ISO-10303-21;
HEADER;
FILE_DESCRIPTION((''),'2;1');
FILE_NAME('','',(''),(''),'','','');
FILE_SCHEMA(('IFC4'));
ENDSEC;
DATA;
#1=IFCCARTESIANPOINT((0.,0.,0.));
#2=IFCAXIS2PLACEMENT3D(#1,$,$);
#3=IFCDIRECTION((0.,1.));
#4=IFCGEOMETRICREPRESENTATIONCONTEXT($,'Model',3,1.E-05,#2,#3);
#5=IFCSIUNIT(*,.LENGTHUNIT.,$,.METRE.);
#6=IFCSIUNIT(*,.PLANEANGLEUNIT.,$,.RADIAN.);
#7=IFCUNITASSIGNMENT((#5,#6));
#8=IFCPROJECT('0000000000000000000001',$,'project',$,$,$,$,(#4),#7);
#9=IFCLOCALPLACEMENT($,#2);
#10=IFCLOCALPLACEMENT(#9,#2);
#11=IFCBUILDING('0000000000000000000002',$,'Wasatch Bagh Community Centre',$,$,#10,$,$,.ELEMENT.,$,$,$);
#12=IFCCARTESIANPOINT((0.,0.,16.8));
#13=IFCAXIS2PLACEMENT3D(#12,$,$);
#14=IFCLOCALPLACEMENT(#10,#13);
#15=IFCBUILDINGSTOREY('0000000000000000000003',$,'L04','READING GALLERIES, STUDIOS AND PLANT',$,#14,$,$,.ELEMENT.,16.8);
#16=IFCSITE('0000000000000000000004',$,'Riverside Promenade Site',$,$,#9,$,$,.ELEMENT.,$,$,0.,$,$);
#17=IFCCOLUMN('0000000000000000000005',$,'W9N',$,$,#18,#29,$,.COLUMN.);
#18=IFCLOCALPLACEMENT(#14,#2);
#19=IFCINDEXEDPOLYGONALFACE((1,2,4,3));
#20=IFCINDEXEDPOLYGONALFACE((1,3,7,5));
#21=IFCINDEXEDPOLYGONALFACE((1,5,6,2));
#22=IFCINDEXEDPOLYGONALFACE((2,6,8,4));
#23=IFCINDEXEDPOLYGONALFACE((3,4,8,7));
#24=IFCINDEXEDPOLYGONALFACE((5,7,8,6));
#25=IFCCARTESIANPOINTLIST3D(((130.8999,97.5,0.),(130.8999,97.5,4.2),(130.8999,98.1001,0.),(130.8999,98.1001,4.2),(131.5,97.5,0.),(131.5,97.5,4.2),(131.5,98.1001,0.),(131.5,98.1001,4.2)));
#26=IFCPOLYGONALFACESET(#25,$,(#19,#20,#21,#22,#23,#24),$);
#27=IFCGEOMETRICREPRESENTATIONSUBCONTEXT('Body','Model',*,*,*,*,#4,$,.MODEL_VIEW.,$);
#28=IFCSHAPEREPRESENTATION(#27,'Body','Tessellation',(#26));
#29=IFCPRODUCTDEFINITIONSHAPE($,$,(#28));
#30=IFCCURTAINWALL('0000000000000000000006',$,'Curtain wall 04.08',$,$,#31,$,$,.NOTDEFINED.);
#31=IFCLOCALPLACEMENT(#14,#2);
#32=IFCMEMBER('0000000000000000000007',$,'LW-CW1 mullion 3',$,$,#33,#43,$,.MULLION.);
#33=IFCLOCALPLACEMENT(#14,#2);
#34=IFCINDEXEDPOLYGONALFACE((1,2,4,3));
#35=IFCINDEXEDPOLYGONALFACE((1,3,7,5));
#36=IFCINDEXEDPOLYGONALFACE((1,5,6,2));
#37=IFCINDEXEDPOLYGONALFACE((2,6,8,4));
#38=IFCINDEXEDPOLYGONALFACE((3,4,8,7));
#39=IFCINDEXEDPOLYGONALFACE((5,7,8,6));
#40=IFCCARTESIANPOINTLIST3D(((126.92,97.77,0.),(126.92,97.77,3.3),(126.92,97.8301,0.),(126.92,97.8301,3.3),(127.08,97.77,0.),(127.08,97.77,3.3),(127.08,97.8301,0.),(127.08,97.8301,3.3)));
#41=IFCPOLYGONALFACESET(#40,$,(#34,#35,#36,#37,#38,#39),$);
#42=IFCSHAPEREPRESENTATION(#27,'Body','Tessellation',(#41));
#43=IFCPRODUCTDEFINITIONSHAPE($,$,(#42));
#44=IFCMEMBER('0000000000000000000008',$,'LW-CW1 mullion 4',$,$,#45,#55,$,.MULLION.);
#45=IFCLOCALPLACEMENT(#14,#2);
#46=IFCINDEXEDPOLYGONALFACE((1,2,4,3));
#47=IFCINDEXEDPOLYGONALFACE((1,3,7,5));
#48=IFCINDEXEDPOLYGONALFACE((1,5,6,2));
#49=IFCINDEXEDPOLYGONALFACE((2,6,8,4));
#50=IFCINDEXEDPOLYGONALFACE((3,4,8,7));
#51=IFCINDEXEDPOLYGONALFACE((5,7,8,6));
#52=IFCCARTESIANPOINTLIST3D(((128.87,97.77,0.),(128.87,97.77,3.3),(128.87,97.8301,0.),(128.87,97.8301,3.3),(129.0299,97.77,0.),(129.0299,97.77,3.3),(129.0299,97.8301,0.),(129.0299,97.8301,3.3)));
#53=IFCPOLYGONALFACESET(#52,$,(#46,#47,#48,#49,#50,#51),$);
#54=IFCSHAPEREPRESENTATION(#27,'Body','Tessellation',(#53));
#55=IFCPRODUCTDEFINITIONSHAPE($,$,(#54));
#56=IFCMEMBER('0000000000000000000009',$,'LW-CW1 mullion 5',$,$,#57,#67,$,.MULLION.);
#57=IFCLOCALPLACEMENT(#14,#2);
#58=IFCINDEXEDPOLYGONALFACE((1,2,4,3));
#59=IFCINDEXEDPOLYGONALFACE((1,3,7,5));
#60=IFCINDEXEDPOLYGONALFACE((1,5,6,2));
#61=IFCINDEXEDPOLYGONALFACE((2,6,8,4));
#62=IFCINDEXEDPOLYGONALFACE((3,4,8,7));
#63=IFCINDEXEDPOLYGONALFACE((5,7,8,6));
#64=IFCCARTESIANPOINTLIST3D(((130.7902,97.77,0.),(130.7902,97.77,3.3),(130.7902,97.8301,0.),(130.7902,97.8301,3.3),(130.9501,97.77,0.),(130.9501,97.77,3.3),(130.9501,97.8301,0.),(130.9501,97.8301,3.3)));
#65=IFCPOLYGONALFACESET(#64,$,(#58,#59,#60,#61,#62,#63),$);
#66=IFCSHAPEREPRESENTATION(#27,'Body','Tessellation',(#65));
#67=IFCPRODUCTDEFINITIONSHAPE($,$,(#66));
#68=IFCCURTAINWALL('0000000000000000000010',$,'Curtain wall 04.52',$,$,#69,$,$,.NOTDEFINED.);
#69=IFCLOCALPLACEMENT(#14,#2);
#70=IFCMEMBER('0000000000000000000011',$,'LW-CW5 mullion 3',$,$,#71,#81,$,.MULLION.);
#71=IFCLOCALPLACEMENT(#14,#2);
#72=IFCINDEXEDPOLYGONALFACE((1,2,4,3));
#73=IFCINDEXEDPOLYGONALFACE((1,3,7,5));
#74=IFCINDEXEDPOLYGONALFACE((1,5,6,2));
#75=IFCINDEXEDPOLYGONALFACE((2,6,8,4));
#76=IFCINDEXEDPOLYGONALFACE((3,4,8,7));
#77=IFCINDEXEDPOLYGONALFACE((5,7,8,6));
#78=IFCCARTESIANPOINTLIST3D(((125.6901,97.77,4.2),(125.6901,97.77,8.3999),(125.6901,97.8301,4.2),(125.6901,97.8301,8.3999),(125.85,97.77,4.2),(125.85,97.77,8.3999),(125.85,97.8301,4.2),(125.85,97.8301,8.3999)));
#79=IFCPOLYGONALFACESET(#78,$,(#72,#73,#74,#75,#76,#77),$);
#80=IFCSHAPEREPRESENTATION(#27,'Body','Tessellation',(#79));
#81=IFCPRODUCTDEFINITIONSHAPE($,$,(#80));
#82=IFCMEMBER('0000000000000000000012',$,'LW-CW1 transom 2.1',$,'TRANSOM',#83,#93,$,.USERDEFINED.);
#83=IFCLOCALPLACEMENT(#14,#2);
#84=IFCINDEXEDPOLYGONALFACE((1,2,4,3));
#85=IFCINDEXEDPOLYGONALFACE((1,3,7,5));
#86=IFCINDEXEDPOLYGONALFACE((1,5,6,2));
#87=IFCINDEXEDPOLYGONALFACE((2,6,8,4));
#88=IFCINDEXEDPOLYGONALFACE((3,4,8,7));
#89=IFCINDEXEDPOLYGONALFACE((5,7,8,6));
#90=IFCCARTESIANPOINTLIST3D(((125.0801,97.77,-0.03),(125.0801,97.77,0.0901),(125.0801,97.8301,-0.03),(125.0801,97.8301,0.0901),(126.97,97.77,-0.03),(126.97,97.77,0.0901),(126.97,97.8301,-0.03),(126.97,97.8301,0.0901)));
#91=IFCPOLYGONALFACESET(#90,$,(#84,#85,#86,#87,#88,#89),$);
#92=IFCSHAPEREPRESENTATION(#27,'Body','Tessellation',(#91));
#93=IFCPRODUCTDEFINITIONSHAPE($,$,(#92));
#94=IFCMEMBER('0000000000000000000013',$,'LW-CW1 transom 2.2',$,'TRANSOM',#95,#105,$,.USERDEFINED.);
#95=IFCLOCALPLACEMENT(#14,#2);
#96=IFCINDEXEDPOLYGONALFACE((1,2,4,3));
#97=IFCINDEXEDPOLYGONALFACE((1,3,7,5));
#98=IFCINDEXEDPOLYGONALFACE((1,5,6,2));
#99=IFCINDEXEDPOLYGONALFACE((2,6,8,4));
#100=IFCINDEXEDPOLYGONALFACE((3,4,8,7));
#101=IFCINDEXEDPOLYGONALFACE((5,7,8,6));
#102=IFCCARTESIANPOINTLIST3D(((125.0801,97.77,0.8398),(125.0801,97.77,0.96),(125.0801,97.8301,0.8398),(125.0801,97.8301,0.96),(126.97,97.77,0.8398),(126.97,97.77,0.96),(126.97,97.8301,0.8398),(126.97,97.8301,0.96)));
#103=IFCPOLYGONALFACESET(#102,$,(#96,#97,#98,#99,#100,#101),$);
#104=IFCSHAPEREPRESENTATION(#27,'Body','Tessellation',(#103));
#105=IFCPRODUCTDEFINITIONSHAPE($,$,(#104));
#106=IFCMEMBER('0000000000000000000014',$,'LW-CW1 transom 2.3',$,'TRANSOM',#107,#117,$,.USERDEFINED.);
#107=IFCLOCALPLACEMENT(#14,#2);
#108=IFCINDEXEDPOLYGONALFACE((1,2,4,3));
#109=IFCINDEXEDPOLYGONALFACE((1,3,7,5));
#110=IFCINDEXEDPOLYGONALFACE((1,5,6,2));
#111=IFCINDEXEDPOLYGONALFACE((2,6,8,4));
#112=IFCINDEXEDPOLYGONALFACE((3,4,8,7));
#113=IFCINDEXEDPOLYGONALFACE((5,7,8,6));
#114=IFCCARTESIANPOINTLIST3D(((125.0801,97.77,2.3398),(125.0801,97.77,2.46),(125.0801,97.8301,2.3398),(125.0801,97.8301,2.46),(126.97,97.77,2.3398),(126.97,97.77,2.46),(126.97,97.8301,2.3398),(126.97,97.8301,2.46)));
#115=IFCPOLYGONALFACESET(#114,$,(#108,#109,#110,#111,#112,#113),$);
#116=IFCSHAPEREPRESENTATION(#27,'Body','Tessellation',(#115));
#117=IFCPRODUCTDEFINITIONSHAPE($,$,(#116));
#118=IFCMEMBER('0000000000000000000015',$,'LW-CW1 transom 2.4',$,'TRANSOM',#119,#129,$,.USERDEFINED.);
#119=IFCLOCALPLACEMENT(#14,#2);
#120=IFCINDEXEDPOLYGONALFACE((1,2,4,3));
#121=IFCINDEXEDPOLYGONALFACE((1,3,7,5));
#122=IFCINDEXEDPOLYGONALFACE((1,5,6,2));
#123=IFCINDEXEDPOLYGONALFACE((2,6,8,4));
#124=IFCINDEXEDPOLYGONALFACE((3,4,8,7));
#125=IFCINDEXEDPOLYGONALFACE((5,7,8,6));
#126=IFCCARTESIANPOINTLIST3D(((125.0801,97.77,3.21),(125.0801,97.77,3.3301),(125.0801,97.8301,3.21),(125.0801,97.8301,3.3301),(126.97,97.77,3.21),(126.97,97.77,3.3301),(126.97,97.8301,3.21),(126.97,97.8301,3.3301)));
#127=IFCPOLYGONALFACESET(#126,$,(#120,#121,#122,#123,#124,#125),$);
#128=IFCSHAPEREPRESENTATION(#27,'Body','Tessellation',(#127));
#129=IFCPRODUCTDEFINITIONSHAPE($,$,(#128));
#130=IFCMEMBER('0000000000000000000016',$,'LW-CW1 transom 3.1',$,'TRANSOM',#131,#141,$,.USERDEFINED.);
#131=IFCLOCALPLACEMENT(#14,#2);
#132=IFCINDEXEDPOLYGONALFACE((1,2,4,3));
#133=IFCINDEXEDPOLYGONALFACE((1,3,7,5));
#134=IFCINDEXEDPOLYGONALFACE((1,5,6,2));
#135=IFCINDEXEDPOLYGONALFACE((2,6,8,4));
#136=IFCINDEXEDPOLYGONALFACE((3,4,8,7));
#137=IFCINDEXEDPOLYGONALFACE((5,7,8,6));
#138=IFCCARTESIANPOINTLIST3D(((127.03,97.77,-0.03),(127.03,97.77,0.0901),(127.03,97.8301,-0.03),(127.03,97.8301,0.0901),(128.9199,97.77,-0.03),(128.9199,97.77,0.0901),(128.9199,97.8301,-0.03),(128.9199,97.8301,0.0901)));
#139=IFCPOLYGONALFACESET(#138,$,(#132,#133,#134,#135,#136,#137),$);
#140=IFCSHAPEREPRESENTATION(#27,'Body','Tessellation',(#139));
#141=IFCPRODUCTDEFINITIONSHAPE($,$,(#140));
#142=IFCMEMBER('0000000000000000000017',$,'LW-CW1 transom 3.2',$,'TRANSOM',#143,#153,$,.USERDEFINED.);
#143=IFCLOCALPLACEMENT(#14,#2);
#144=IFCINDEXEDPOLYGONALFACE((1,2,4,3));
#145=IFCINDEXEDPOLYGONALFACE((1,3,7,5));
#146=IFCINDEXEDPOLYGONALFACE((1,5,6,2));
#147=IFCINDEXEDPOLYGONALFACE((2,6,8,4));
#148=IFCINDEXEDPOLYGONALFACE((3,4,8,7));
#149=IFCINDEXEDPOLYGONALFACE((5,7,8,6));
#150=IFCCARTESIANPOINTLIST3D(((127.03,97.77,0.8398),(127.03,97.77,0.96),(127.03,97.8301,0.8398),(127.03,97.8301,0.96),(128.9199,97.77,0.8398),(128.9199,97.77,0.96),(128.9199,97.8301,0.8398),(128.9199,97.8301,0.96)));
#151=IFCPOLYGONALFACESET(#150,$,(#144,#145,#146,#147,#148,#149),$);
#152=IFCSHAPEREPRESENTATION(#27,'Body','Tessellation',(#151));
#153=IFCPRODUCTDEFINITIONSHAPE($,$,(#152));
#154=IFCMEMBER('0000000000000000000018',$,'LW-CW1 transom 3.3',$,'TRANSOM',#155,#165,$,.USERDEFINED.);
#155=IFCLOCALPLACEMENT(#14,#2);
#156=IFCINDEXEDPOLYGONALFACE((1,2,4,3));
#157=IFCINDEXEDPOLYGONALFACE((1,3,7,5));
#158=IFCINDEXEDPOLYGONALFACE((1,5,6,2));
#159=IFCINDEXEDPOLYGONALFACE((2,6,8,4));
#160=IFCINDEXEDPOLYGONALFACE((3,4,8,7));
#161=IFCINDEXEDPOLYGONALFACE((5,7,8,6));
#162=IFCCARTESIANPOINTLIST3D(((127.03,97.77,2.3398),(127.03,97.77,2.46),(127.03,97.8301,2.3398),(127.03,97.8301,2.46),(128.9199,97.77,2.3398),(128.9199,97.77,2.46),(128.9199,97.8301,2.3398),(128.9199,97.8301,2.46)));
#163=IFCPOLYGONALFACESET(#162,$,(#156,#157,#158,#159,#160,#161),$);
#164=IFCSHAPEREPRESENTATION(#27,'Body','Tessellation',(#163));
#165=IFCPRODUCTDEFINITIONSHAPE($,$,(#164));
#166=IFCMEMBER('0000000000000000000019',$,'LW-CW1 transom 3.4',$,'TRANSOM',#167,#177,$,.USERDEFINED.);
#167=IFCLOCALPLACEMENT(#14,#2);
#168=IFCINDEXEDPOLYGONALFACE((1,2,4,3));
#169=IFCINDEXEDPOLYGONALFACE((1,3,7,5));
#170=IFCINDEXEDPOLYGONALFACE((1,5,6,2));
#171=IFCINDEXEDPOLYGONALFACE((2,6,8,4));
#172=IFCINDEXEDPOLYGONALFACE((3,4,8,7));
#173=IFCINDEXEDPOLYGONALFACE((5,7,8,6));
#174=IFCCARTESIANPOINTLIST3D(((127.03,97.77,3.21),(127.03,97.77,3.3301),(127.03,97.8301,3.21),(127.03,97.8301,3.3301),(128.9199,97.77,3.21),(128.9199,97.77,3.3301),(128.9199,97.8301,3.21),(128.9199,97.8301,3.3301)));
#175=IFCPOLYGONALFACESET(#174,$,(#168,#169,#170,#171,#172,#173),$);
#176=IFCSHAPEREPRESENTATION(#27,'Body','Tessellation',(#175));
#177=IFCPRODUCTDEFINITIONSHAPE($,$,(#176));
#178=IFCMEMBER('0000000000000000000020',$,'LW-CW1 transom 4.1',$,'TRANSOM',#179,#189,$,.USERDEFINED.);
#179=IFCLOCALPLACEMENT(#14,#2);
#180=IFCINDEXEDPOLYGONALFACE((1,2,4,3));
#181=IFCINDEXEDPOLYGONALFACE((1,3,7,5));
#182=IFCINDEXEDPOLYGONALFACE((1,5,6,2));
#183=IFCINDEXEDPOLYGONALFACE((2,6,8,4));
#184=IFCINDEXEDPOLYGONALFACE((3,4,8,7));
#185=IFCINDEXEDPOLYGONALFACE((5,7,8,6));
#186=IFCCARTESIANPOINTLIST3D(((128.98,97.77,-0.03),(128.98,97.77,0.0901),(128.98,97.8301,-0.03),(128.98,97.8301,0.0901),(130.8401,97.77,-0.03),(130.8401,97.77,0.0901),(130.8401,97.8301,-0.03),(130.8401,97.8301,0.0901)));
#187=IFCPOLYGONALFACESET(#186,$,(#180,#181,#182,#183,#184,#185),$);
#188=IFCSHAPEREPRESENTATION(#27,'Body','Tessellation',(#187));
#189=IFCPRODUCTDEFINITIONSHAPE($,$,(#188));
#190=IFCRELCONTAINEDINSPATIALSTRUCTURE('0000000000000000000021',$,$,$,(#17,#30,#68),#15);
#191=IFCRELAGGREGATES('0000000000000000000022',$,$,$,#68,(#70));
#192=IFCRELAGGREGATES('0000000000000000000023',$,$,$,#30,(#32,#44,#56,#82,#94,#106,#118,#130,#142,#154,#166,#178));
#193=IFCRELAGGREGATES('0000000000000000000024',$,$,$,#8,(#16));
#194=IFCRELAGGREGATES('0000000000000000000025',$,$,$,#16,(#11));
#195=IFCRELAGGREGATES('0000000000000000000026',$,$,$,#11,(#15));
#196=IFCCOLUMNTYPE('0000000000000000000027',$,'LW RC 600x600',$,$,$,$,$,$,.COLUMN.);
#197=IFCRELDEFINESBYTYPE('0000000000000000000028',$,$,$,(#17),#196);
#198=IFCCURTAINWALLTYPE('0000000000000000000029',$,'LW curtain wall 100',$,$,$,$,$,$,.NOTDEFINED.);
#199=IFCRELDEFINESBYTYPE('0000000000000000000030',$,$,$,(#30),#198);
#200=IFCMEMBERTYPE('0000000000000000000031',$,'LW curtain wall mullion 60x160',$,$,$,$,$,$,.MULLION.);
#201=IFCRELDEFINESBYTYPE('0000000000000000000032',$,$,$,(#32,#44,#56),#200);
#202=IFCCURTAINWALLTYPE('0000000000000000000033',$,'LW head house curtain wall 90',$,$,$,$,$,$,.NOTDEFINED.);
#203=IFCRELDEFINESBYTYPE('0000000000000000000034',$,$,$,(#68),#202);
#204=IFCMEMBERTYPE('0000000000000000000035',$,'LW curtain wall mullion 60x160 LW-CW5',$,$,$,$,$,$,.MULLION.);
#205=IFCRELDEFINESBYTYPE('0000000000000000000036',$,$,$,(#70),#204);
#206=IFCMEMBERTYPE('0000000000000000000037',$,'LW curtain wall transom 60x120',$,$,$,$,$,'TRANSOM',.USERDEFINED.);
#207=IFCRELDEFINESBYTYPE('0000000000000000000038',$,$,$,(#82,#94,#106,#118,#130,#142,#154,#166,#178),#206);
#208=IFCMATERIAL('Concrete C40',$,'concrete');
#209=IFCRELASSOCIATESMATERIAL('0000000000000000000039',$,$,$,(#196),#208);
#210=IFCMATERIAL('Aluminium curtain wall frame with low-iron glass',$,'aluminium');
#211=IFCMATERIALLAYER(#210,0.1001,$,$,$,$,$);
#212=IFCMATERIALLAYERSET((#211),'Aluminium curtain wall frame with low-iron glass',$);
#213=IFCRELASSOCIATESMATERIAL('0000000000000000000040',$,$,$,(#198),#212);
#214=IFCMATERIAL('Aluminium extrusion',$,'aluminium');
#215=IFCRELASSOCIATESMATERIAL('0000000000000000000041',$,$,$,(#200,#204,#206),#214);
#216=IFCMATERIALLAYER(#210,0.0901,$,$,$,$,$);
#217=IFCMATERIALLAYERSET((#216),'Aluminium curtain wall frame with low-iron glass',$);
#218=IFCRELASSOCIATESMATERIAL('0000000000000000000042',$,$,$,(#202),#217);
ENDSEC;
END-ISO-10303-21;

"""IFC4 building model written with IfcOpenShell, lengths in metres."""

from ifc_helpers import new_model, si_unit, direction, frame, origin, origin_2d, place, context, subcontext, project, spatial, rectangle, extrude, material, layer, layer_set, material_profile, profile_set, type_object, element, aggregate, save


model = new_model("IFC4")

# Units and contexts
model_context = context("Model", 3, precision=1e-05, world=origin(), true_north=direction((0.0, 1.0)))
body_context = subcontext(model_context, "Body", "Model", "MODEL_VIEW")
ifc_project = project(units=[si_unit("LENGTHUNIT", "METRE"), si_unit("PLANEANGLEUNIT", "RADIAN")], contexts=[model_context])

# Site, building, storey
site_placement = place(None, origin())
site = spatial("IfcSite", under=ifc_project, at=site_placement, Name="Riverside Promenade Site", CompositionType="ELEMENT", RefElevation=0.0)
building_placement = place(site_placement, origin())
building = spatial("IfcBuilding", under=site, at=building_placement, Name="Wasatch Bagh Community Centre", CompositionType="ELEMENT")
storey_placement = place(building_placement, frame((0.0, 0.0, 16.8)))
storey = spatial("IfcBuildingStorey", under=building, at=storey_placement, Name="L04", Description="READING GALLERIES, STUDIOS AND PLANT", CompositionType="ELEMENT", Elevation=16.8)

# Column
ifc_material_1 = material(Name="Concrete C40", Category="concrete")
ifc_material_profile_1 = material_profile(ifc_material_1, rectangle(XDim=0.6001, YDim=0.6001, at=origin_2d()), Name="RC 600x600")
ifc_profile_set_1 = profile_set([ifc_material_profile_1], Name="Concrete C40")
column_type = type_object("IfcColumnType", Name="LW RC 600x600", PredefinedType="COLUMN", material=ifc_profile_set_1)
column_placement = place(storey_placement, frame((131.2, 97.8, 0.0), z_axis=(0.0, 0.0, 1.0), x_axis=(1.0, 0.0, 0.0)))
element("IfcColumn", 1, at=column_placement, inside=storey, type_object=column_type, Name="W9N", PredefinedType="COLUMN", context=body_context, shape_type="SweptSolid", body=[
    extrude(rectangle(XDim=0.6001, YDim=0.6001, at=origin_2d()), origin(), (0.0, 0.0, 1.0), 4.2),
])

# Curtain wall, members
ifc_material_2 = material(Name="Aluminium curtain wall frame with low-iron glass", Category="aluminium")
ifc_layer_1 = layer(ifc_material_2, 0.1001)
ifc_layer_set_1 = layer_set([ifc_layer_1], Name="Aluminium curtain wall frame with low-iron glass")
curtain_wall_type_1 = type_object("IfcCurtainWallType", Name="LW curtain wall 100", PredefinedType="NOTDEFINED", material=ifc_layer_set_1)
curtain_wall_1_placement = place(storey_placement, origin())
curtain_wall_1 = element("IfcCurtainWall", 2, at=curtain_wall_1_placement, inside=storey, type_object=curtain_wall_type_1, Name="Curtain wall 04.08", PredefinedType="NOTDEFINED")
ifc_material_3 = material(Name="Aluminium extrusion", Category="aluminium")
ifc_material_profile_2 = material_profile(ifc_material_3, rectangle(XDim=0.0601, YDim=0.1599, at=origin_2d()), Name="AL 60x160")
ifc_profile_set_2 = profile_set([ifc_material_profile_2], Name="Aluminium extrusion")
member_type_1 = type_object("IfcMemberType", Name="LW curtain wall mullion 60x160", PredefinedType="MULLION", material=ifc_profile_set_2)
member_1_placement = place(storey_placement, frame((127.0, 97.8, 0.0), z_axis=(0.0, 0.0, 1.0), x_axis=(0.0, 1.0, 0.0)))
member_1 = element("IfcMember", 3, at=member_1_placement, type_object=member_type_1, Name="LW-CW1 mullion 3", PredefinedType="MULLION", context=body_context, shape_type="SweptSolid", body=[
    extrude(rectangle(XDim=0.0601, YDim=0.1599, at=origin_2d()), origin(), (0.0, 0.0, 1.0), 3.3),
])
member_2_placement = place(storey_placement, frame((128.95, 97.8, 0.0), z_axis=(0.0, 0.0, 1.0), x_axis=(0.0, 1.0, 0.0)))
member_2 = element("IfcMember", 4, at=member_2_placement, type_object=member_type_1, Name="LW-CW1 mullion 4", PredefinedType="MULLION", context=body_context, shape_type="SweptSolid", body=[
    extrude(rectangle(XDim=0.0601, YDim=0.1599, at=origin_2d()), origin(), (0.0, 0.0, 1.0), 3.3),
])
member_3_placement = place(storey_placement, frame((130.8701, 97.8, 0.0), z_axis=(0.0, 0.0, 1.0), x_axis=(0.0, 1.0, 0.0)))
member_3 = element("IfcMember", 5, at=member_3_placement, type_object=member_type_1, Name="LW-CW1 mullion 5", PredefinedType="MULLION", context=body_context, shape_type="SweptSolid", body=[
    extrude(rectangle(XDim=0.0601, YDim=0.1599, at=origin_2d()), origin(), (0.0, 0.0, 1.0), 3.3),
])

# Curtain wall, member
ifc_layer_2 = layer(ifc_material_2, 0.0901)
ifc_layer_set_2 = layer_set([ifc_layer_2], Name="Aluminium curtain wall frame with low-iron glass")
curtain_wall_type_2 = type_object("IfcCurtainWallType", Name="LW head house curtain wall 90", PredefinedType="NOTDEFINED", material=ifc_layer_set_2)
curtain_wall_2_placement = place(storey_placement, origin())
curtain_wall_2 = element("IfcCurtainWall", 6, at=curtain_wall_2_placement, inside=storey, type_object=curtain_wall_type_2, Name="Curtain wall 04.52", PredefinedType="NOTDEFINED")
ifc_material_profile_3 = material_profile(ifc_material_3, rectangle(XDim=0.0601, YDim=0.1599, at=origin_2d()), Name="AL 60x160")
ifc_profile_set_3 = profile_set([ifc_material_profile_3], Name="Aluminium extrusion")
member_type_2 = type_object("IfcMemberType", Name="LW curtain wall mullion 60x160 LW-CW5", PredefinedType="MULLION", material=ifc_profile_set_3)
member_4_placement = place(storey_placement, frame((125.77, 97.8, 4.2), z_axis=(0.0, 0.0, 1.0), x_axis=(0.0, 1.0, 0.0)))
member_4 = element("IfcMember", 7, at=member_4_placement, type_object=member_type_2, Name="LW-CW5 mullion 3", PredefinedType="MULLION", context=body_context, shape_type="SweptSolid", body=[
    extrude(rectangle(XDim=0.0601, YDim=0.1599, at=origin_2d()), origin(), (0.0, 0.0, 1.0), 4.2),
])
aggregate(curtain_wall_2, [member_4])

# Members
ifc_material_profile_4 = material_profile(ifc_material_3, rectangle(XDim=0.0601, YDim=0.1201, at=origin_2d()), Name="AL 60x120")
ifc_profile_set_4 = profile_set([ifc_material_profile_4], Name="Aluminium extrusion")
member_type_3 = type_object("IfcMemberType", Name="LW curtain wall transom 60x120", ElementType="TRANSOM", PredefinedType="USERDEFINED", material=ifc_profile_set_4)
member_5_placement = place(storey_placement, frame((125.0801, 97.8, 0.03), z_axis=(1.0, 0.0, 0.0), x_axis=(0.0, 1.0, 0.0)))
member_5 = element("IfcMember", 8, at=member_5_placement, type_object=member_type_3, Name="LW-CW1 transom 2.1", ObjectType="TRANSOM", PredefinedType="USERDEFINED", context=body_context, shape_type="SweptSolid", body=[
    extrude(rectangle(XDim=0.0601, YDim=0.1201, at=origin_2d()), origin(), (0.0, 0.0, 1.0), 1.8899),
])
member_6_placement = place(storey_placement, frame((125.0801, 97.8, 0.8999), z_axis=(1.0, 0.0, 0.0), x_axis=(0.0, 1.0, 0.0)))
member_6 = element("IfcMember", 9, at=member_6_placement, type_object=member_type_3, Name="LW-CW1 transom 2.2", ObjectType="TRANSOM", PredefinedType="USERDEFINED", context=body_context, shape_type="SweptSolid", body=[
    extrude(rectangle(XDim=0.0601, YDim=0.1201, at=origin_2d()), origin(), (0.0, 0.0, 1.0), 1.8899),
])
member_7_placement = place(storey_placement, frame((125.0801, 97.8, 2.3999), z_axis=(1.0, 0.0, 0.0), x_axis=(0.0, 1.0, 0.0)))
member_7 = element("IfcMember", 10, at=member_7_placement, type_object=member_type_3, Name="LW-CW1 transom 2.3", ObjectType="TRANSOM", PredefinedType="USERDEFINED", context=body_context, shape_type="SweptSolid", body=[
    extrude(rectangle(XDim=0.0601, YDim=0.1201, at=origin_2d()), origin(), (0.0, 0.0, 1.0), 1.8899),
])
member_8_placement = place(storey_placement, frame((125.0801, 97.8, 3.27), z_axis=(1.0, 0.0, 0.0), x_axis=(0.0, 1.0, 0.0)))
member_8 = element("IfcMember", 11, at=member_8_placement, type_object=member_type_3, Name="LW-CW1 transom 2.4", ObjectType="TRANSOM", PredefinedType="USERDEFINED", context=body_context, shape_type="SweptSolid", body=[
    extrude(rectangle(XDim=0.0601, YDim=0.1201, at=origin_2d()), origin(), (0.0, 0.0, 1.0), 1.8899),
])
member_9_placement = place(storey_placement, frame((127.03, 97.8, 0.03), z_axis=(1.0, 0.0, 0.0), x_axis=(0.0, 1.0, 0.0)))
member_9 = element("IfcMember", 12, at=member_9_placement, type_object=member_type_3, Name="LW-CW1 transom 3.1", ObjectType="TRANSOM", PredefinedType="USERDEFINED", context=body_context, shape_type="SweptSolid", body=[
    extrude(rectangle(XDim=0.0601, YDim=0.1201, at=origin_2d()), origin(), (0.0, 0.0, 1.0), 1.8899),
])
member_10_placement = place(storey_placement, frame((127.03, 97.8, 0.8999), z_axis=(1.0, 0.0, 0.0), x_axis=(0.0, 1.0, 0.0)))
member_10 = element("IfcMember", 13, at=member_10_placement, type_object=member_type_3, Name="LW-CW1 transom 3.2", ObjectType="TRANSOM", PredefinedType="USERDEFINED", context=body_context, shape_type="SweptSolid", body=[
    extrude(rectangle(XDim=0.0601, YDim=0.1201, at=origin_2d()), origin(), (0.0, 0.0, 1.0), 1.8899),
])
member_11_placement = place(storey_placement, frame((127.03, 97.8, 2.3999), z_axis=(1.0, 0.0, 0.0), x_axis=(0.0, 1.0, 0.0)))
member_11 = element("IfcMember", 14, at=member_11_placement, type_object=member_type_3, Name="LW-CW1 transom 3.3", ObjectType="TRANSOM", PredefinedType="USERDEFINED", context=body_context, shape_type="SweptSolid", body=[
    extrude(rectangle(XDim=0.0601, YDim=0.1201, at=origin_2d()), origin(), (0.0, 0.0, 1.0), 1.8899),
])
member_12_placement = place(storey_placement, frame((127.03, 97.8, 3.27), z_axis=(1.0, 0.0, 0.0), x_axis=(0.0, 1.0, 0.0)))
member_12 = element("IfcMember", 15, at=member_12_placement, type_object=member_type_3, Name="LW-CW1 transom 3.4", ObjectType="TRANSOM", PredefinedType="USERDEFINED", context=body_context, shape_type="SweptSolid", body=[
    extrude(rectangle(XDim=0.0601, YDim=0.1201, at=origin_2d()), origin(), (0.0, 0.0, 1.0), 1.8899),
])
member_13_placement = place(storey_placement, frame((128.98, 97.8, 0.03), z_axis=(1.0, 0.0, 0.0), x_axis=(0.0, 1.0, 0.0)))
member_13 = element("IfcMember", 16, at=member_13_placement, type_object=member_type_3, Name="LW-CW1 transom 4.1", ObjectType="TRANSOM", PredefinedType="USERDEFINED", context=body_context, shape_type="SweptSolid", body=[
    extrude(rectangle(XDim=0.0601, YDim=0.1201, at=origin_2d()), origin(), (0.0, 0.0, 1.0), 1.8601),
])

aggregate(curtain_wall_1, [member_1, member_2, member_3, member_5, member_6, member_7, member_8, member_9, member_10, member_11, member_12, member_13])

save(model, "model.ifc")
